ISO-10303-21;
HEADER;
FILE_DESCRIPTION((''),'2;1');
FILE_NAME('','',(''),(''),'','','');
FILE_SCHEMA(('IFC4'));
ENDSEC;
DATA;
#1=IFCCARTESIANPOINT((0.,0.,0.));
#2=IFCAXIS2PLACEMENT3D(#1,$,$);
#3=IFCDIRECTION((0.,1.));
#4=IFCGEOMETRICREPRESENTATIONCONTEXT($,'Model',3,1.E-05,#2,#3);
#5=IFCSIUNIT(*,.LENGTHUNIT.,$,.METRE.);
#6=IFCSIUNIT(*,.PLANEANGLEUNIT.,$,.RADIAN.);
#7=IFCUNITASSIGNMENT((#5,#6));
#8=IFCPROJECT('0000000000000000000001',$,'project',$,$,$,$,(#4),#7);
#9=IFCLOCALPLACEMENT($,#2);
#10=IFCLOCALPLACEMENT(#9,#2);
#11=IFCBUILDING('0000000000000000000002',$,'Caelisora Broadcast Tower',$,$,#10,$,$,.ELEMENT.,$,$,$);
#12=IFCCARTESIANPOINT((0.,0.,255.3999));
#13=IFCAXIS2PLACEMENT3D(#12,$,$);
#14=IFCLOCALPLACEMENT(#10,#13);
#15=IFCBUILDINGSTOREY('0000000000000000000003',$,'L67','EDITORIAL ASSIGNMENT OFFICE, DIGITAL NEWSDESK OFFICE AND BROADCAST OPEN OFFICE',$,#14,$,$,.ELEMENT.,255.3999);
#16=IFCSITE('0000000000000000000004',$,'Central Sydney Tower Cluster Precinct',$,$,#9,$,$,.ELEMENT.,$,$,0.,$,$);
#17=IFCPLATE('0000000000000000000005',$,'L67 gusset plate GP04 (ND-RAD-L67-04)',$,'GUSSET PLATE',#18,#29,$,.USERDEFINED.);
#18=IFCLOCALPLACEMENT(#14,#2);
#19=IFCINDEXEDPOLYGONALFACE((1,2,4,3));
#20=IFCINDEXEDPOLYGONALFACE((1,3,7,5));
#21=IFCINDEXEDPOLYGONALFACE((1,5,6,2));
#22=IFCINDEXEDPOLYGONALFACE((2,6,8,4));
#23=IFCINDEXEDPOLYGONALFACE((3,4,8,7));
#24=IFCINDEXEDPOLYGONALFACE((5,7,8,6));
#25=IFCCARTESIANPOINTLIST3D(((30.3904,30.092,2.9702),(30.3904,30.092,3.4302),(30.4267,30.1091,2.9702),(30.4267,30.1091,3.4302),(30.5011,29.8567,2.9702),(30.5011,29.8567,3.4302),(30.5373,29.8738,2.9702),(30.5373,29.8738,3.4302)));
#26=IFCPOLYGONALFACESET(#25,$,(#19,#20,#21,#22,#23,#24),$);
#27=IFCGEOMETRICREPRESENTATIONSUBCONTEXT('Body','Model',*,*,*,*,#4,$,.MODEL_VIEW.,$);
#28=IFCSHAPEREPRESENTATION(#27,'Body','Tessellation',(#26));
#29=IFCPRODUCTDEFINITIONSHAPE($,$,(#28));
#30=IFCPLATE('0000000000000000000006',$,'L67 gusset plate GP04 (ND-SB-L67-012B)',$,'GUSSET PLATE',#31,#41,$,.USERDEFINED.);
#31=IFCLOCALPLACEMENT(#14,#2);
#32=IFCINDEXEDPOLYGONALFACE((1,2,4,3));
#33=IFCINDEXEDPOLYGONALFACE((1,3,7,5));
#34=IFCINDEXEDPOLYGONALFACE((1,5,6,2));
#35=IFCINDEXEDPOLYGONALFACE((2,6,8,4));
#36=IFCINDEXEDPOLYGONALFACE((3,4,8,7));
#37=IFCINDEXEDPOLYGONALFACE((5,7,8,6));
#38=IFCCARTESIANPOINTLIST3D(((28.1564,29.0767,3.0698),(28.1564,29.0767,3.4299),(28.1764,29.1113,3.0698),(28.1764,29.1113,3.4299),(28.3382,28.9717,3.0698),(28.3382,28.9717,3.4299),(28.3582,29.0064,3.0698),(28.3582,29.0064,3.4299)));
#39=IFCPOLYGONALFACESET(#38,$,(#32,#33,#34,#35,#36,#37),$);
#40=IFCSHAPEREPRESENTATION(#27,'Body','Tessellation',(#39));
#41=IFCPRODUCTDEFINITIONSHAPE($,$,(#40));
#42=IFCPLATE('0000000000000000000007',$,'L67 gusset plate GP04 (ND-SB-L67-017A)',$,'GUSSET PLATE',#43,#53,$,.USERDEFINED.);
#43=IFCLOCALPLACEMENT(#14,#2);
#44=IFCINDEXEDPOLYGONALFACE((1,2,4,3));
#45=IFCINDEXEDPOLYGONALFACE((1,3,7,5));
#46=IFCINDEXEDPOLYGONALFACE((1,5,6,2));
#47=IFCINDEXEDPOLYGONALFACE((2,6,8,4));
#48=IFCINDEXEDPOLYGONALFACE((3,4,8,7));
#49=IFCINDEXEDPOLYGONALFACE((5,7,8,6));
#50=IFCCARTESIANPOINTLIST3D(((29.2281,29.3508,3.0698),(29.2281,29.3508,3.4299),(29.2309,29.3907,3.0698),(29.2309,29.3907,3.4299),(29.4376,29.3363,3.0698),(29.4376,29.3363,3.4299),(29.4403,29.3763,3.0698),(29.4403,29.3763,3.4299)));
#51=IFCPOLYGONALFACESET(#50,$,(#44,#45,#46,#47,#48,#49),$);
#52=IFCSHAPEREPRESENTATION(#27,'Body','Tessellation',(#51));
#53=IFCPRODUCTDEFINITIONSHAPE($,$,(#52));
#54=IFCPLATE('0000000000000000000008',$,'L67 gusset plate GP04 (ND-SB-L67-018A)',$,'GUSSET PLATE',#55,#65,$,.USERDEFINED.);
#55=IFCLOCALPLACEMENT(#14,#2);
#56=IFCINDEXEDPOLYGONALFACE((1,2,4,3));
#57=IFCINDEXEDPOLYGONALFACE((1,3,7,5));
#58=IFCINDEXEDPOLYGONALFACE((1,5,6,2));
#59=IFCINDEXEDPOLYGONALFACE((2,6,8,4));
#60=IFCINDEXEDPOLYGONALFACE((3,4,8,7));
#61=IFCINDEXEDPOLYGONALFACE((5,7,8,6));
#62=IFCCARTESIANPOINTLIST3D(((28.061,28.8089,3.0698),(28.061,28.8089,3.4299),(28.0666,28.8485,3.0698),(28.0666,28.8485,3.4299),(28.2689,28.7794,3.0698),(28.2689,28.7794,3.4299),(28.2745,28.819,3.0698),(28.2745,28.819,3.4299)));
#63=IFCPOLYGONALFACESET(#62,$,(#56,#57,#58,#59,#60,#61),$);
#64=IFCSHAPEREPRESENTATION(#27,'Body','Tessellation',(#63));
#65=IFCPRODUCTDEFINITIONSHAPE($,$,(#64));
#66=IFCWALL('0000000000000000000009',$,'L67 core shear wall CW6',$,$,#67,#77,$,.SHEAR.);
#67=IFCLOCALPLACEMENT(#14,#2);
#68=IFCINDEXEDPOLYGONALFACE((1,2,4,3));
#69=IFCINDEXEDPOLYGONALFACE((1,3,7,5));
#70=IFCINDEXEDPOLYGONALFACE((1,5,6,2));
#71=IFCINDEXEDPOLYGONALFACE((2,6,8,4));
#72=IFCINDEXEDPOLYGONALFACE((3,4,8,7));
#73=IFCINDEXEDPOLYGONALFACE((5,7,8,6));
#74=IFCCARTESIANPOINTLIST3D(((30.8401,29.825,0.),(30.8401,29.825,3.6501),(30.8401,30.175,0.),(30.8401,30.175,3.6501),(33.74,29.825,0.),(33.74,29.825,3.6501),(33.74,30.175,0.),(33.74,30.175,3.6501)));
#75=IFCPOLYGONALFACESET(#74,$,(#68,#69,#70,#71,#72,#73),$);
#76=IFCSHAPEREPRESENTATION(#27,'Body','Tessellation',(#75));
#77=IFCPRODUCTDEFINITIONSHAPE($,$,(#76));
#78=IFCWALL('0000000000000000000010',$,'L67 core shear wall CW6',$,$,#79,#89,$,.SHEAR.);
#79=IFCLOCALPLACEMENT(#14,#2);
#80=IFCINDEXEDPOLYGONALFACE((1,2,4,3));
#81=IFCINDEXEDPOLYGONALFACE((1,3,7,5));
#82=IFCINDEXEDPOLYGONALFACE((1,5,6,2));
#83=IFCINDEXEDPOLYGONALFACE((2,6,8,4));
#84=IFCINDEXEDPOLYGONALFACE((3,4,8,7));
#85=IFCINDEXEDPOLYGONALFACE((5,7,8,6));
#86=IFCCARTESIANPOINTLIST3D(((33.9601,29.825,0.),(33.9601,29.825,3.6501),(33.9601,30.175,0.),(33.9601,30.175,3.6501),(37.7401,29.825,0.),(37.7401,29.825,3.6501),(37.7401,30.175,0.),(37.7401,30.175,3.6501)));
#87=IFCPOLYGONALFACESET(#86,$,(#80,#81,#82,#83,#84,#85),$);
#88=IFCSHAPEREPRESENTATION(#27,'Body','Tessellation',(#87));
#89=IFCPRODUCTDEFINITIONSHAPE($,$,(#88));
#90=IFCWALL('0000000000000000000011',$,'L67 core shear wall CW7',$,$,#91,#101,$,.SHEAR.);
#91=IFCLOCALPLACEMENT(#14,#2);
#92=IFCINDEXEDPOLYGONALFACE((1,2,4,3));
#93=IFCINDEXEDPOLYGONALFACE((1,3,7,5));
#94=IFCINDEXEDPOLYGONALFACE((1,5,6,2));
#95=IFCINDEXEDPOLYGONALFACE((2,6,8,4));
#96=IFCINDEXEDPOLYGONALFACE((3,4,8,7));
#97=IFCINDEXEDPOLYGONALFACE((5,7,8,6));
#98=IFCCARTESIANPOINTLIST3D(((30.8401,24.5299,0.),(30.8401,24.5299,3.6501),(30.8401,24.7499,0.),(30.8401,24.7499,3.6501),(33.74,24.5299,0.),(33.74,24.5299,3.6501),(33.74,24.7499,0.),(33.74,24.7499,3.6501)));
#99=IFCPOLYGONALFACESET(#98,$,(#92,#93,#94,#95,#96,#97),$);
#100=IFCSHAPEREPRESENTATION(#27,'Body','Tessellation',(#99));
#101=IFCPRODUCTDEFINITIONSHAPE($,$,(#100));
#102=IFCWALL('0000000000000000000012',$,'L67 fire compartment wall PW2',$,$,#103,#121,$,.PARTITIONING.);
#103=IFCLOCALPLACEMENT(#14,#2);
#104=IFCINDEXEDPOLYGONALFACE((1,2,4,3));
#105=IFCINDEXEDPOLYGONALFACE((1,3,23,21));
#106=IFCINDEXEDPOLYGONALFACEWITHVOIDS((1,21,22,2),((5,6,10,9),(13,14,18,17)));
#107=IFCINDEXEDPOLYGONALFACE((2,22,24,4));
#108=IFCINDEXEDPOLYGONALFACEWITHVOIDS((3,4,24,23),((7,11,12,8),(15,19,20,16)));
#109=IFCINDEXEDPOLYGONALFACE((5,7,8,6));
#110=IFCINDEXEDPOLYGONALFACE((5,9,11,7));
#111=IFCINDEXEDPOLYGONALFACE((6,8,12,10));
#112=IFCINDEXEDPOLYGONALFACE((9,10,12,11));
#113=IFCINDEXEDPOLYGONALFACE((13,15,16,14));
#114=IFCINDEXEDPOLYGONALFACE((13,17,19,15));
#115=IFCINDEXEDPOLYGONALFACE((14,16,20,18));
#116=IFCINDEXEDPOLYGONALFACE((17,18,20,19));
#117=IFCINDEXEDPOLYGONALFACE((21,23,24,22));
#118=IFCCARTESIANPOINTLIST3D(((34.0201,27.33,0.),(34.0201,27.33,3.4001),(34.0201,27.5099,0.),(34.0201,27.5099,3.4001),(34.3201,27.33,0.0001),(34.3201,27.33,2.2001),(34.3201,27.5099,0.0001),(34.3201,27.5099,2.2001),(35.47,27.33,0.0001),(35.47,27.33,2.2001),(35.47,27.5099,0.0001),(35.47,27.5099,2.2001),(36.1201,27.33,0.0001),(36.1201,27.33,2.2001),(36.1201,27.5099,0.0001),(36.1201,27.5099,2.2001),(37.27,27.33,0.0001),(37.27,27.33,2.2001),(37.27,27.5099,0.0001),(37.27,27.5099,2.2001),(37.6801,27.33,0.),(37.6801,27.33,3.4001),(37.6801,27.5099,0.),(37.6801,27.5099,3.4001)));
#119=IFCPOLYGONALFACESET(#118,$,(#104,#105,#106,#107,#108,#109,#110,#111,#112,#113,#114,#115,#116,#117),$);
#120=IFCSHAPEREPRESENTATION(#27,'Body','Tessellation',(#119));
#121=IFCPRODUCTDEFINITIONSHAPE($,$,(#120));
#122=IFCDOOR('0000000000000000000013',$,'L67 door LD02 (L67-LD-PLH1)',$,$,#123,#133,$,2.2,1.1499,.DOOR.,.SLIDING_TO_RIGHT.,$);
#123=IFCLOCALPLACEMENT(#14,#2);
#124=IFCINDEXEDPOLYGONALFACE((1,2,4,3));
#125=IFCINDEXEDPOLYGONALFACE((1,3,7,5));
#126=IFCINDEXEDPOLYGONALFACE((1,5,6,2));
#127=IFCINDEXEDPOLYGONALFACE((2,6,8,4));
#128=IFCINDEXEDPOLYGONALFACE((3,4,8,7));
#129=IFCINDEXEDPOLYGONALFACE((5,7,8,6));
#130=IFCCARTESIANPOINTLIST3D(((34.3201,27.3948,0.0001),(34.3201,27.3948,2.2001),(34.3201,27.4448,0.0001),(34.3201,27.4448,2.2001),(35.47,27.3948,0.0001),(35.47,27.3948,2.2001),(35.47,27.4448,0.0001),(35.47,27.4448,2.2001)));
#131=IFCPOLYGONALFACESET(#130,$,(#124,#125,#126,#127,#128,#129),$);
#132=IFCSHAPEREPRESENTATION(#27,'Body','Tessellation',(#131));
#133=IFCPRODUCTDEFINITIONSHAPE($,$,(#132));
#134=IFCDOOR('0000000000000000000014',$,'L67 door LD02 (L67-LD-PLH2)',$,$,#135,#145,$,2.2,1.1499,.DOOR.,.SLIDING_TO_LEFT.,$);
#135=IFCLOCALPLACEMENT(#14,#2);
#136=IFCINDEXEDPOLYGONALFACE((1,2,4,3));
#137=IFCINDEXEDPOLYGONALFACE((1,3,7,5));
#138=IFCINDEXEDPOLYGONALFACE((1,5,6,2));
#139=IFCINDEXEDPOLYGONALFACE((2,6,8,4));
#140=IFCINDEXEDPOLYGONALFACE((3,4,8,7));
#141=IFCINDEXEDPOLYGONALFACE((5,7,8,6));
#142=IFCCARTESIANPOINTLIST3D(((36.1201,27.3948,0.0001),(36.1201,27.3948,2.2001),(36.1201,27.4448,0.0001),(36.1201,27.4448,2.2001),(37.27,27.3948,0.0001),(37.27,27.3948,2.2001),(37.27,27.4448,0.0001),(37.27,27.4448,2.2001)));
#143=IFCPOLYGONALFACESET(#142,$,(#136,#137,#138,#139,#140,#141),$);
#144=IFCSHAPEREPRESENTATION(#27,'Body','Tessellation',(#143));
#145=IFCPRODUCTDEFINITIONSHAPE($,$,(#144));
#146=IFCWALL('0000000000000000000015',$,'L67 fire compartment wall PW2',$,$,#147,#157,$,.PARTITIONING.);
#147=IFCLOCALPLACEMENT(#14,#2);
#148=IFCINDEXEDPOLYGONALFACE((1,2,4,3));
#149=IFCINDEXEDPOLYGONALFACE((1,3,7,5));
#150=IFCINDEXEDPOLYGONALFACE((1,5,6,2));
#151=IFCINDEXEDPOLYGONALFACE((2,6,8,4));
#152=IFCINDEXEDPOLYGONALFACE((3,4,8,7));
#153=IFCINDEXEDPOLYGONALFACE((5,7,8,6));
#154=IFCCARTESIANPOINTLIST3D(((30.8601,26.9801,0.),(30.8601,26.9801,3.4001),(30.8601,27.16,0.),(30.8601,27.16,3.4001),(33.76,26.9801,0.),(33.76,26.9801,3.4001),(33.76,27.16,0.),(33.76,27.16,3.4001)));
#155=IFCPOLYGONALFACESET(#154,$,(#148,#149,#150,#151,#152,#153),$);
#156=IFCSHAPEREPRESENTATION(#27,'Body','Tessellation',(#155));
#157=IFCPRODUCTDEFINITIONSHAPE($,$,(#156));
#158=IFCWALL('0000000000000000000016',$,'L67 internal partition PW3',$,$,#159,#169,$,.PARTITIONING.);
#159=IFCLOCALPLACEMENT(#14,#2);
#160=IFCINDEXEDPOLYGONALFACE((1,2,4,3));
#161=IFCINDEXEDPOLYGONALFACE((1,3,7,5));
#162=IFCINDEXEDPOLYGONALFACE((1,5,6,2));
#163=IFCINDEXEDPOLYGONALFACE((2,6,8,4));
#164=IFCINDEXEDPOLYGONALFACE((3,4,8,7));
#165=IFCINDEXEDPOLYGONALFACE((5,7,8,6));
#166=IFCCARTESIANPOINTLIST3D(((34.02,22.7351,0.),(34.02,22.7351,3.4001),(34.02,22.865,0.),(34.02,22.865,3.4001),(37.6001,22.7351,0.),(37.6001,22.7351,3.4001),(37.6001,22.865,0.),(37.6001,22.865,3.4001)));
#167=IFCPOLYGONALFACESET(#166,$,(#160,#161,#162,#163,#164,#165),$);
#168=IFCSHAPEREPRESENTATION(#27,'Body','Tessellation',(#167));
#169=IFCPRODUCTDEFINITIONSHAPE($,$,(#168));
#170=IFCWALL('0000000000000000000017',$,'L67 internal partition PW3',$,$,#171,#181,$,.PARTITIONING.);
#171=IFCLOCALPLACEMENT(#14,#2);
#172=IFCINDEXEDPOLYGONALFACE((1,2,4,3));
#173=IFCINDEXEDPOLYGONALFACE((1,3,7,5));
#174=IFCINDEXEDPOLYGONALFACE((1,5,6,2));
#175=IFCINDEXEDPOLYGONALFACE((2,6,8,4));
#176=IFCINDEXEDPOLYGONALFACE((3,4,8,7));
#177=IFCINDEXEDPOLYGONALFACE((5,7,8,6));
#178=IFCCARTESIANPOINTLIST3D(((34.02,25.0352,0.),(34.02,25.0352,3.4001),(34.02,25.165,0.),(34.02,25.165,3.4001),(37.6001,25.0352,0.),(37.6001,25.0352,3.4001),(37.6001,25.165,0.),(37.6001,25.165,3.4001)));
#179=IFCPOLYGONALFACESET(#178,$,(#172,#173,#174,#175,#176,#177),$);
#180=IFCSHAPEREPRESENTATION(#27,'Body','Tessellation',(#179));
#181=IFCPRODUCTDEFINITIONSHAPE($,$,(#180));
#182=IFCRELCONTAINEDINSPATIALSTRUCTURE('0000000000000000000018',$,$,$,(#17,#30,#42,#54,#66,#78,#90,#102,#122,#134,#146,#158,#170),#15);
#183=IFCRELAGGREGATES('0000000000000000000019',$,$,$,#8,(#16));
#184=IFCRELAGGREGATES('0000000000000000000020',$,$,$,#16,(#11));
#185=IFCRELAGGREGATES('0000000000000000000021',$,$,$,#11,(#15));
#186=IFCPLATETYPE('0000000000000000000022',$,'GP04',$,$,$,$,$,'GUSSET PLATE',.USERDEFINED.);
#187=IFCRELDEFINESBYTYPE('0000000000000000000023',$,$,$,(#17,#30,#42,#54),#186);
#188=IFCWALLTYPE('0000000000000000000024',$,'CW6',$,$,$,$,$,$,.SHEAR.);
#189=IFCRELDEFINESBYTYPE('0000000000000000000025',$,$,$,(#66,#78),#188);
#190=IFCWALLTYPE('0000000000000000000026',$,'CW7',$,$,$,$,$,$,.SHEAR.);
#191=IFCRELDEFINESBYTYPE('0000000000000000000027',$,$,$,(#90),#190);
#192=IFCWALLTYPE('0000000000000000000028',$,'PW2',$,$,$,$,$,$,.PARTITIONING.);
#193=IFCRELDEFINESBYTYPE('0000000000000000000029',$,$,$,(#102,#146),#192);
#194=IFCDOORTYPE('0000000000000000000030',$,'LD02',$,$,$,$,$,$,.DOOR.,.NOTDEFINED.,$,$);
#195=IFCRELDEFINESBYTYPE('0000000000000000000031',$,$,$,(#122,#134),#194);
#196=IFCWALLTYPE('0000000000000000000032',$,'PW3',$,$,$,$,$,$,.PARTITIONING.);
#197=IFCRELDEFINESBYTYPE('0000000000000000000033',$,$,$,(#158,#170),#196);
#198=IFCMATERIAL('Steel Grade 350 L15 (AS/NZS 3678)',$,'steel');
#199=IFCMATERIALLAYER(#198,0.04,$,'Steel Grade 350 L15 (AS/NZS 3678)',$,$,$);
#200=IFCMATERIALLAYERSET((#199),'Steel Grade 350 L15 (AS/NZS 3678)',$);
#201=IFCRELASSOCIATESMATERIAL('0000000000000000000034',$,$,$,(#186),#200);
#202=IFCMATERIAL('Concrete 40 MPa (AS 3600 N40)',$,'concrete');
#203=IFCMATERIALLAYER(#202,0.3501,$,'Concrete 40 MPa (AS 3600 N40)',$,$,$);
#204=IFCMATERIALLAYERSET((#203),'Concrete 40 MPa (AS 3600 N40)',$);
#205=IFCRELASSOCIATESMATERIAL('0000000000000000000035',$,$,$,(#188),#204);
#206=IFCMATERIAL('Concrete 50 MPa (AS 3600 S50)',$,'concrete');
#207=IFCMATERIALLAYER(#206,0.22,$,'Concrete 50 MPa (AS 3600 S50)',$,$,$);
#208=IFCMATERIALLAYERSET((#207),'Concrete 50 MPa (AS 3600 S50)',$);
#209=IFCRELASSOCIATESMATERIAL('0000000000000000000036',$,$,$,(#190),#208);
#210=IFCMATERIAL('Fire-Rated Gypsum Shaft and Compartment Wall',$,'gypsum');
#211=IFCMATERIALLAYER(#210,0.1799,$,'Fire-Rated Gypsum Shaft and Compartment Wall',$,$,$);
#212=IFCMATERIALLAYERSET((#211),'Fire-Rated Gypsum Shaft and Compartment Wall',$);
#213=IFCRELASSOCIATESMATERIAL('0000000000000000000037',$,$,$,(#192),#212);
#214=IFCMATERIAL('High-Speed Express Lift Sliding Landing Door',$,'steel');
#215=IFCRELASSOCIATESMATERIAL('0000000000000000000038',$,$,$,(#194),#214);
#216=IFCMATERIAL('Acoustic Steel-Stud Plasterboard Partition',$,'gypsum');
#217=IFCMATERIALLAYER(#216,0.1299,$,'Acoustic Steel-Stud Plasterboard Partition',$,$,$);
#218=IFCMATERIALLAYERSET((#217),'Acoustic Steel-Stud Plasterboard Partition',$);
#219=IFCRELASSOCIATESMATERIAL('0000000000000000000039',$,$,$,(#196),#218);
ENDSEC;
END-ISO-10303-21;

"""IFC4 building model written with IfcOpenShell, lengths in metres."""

from ifc_helpers import new_model, si_unit, direction, frame, frame_2d, origin, origin_2d, place, context, subcontext, project, spatial, rectangle, extrude, source, transform, mapped, material, layer, layer_set, type_object, type_shapes, element, fill, save


model = new_model("IFC4")

# Units and contexts
model_context = context("Model", 3, precision=1e-05, world=origin(), true_north=direction((0.0, 1.0)))
body_context = subcontext(model_context, "Body", "Model", "MODEL_VIEW")
ifc_project = project(units=[si_unit("LENGTHUNIT", "METRE"), si_unit("PLANEANGLEUNIT", "RADIAN")], contexts=[model_context])

# Site, building, storey
site_placement = place(None, origin())
site = spatial("IfcSite", under=ifc_project, at=site_placement, Name="Central Sydney Tower Cluster Precinct", CompositionType="ELEMENT", RefElevation=0.0)
building_placement = place(site_placement, origin())
building = spatial("IfcBuilding", under=site, at=building_placement, Name="Caelisora Broadcast Tower", CompositionType="ELEMENT")
storey_placement = place(building_placement, frame((0.0, 0.0, 255.3999)))
storey = spatial("IfcBuildingStorey", under=building, at=storey_placement, Name="L67", Description="EDITORIAL ASSIGNMENT OFFICE, DIGITAL NEWSDESK OFFICE AND BROADCAST OPEN OFFICE", CompositionType="ELEMENT", Elevation=255.3999)

# Plates
ifc_material_1 = material(Name="Steel Grade 350 L15 (AS/NZS 3678)", Category="steel")
ifc_layer_1 = layer(ifc_material_1, 0.04, Name="Steel Grade 350 L15 (AS/NZS 3678)")
ifc_layer_set_1 = layer_set([ifc_layer_1], Name="Steel Grade 350 L15 (AS/NZS 3678)")
plate_type = type_object("IfcPlateType", Name="GP04", ElementType="GUSSET PLATE", PredefinedType="USERDEFINED", material=ifc_layer_set_1)
shared_shape_1 = source(origin(), body_context, "Body", "SweptSolid", [
    extrude(rectangle(XDim=0.26, YDim=0.04, at=origin_2d()), origin(), (0.0, 0.0, 1.0), 0.46),
])
for number, where, z_axis, x_axis, name in (
    (1, (30.4639, 29.9829, 2.9702), (0.0, 0.0, 1.0), (0.425463, -0.904976, 0.0), "L67 gusset plate GP04 (ND-RAD-L67-04)"),
):
    element("IfcPlate", number, at=place(storey_placement, frame(where, z_axis=z_axis, x_axis=x_axis)), inside=storey, type_object=plate_type, Name=name, ObjectType="GUSSET PLATE", PredefinedType="USERDEFINED", context=body_context, shape_type="MappedRepresentation", body=[
        mapped(shared_shape_1, transform((0.0, 0.0, 0.0), scale=1.0)),
    ])
shared_shape_2 = source(origin(), body_context, "Body", "SweptSolid", [
    extrude(rectangle(XDim=0.21, YDim=0.04, at=origin_2d()), origin(), (0.0, 0.0, 1.0), 0.3601),
])
type_shapes(plate_type, [shared_shape_1, shared_shape_2])
for number, where, z_axis, x_axis, name in (
    (2, (28.2573, 29.0415, 3.0698), (0.0, 0.0, 1.0), (0.866025, -0.5, 0.0), "L67 gusset plate GP04 (ND-SB-L67-012B)"),
    (3, (29.3342, 29.3635, 3.0698), (0.0, 0.0, 1.0), (0.997637, -0.068712, 0.0), "L67 gusset plate GP04 (ND-SB-L67-017A)"),
    (4, (28.1677, 28.814, 3.0698), (0.0, 0.0, 1.0), (0.990097, -0.140383, 0.0), "L67 gusset plate GP04 (ND-SB-L67-018A)"),
):
    element("IfcPlate", number, at=place(storey_placement, frame(where, z_axis=z_axis, x_axis=x_axis)), inside=storey, type_object=plate_type, Name=name, ObjectType="GUSSET PLATE", PredefinedType="USERDEFINED", context=body_context, shape_type="MappedRepresentation", body=[
        mapped(shared_shape_2, transform((0.0, 0.0, 0.0), scale=1.0)),
    ])

# Walls
ifc_material_2 = material(Name="Concrete 40 MPa (AS 3600 N40)", Category="concrete")
ifc_layer_2 = layer(ifc_material_2, 0.3501, Name="Concrete 40 MPa (AS 3600 N40)")
ifc_layer_set_2 = layer_set([ifc_layer_2], Name="Concrete 40 MPa (AS 3600 N40)")
wall_type_1 = type_object("IfcWallType", Name="CW6", PredefinedType="SHEAR", material=ifc_layer_set_2)
wall_1_placement = place(storey_placement, frame((30.8401, 30.0, 0.0), z_axis=(0.0, 0.0, 1.0), x_axis=(1.0, 0.0, 0.0)))
element("IfcWall", 5, at=wall_1_placement, inside=storey, type_object=wall_type_1, Name="L67 core shear wall CW6", PredefinedType="SHEAR", context=body_context, shape_type="SweptSolid", body=[
    extrude(rectangle(XDim=2.8999, YDim=0.3501, at=frame_2d((1.45, 0.0))), origin(), (0.0, 0.0, 1.0), 3.6501),
])
wall_2_placement = place(storey_placement, frame((33.96, 30.0, 0.0), z_axis=(0.0, 0.0, 1.0), x_axis=(1.0, 0.0, 0.0)))
element("IfcWall", 6, at=wall_2_placement, inside=storey, type_object=wall_type_1, Name="L67 core shear wall CW6", PredefinedType="SHEAR", context=body_context, shape_type="SweptSolid", body=[
    extrude(rectangle(XDim=3.78, YDim=0.3501, at=frame_2d((1.8901, 0.0))), origin(), (0.0, 0.0, 1.0), 3.6501),
])
ifc_material_3 = material(Name="Concrete 50 MPa (AS 3600 S50)", Category="concrete")
ifc_layer_3 = layer(ifc_material_3, 0.22, Name="Concrete 50 MPa (AS 3600 S50)")
ifc_layer_set_3 = layer_set([ifc_layer_3], Name="Concrete 50 MPa (AS 3600 S50)")
wall_type_2 = type_object("IfcWallType", Name="CW7", PredefinedType="SHEAR", material=ifc_layer_set_3)
wall_3_placement = place(storey_placement, frame((30.8401, 24.6399, 0.0), z_axis=(0.0, 0.0, 1.0), x_axis=(1.0, 0.0, 0.0)))
element("IfcWall", 7, at=wall_3_placement, inside=storey, type_object=wall_type_2, Name="L67 core shear wall CW7", PredefinedType="SHEAR", context=body_context, shape_type="SweptSolid", body=[
    extrude(rectangle(XDim=2.8999, YDim=0.22, at=frame_2d((1.45, 0.0))), origin(), (0.0, 0.0, 1.0), 3.6501),
])

# Wall, openings, doors
ifc_material_4 = material(Name="Fire-Rated Gypsum Shaft and Compartment Wall", Category="gypsum")
ifc_layer_4 = layer(ifc_material_4, 0.1799, Name="Fire-Rated Gypsum Shaft and Compartment Wall")
ifc_layer_set_4 = layer_set([ifc_layer_4], Name="Fire-Rated Gypsum Shaft and Compartment Wall")
wall_type_3 = type_object("IfcWallType", Name="PW2", PredefinedType="PARTITIONING", material=ifc_layer_set_4)
wall_4_placement = place(storey_placement, frame((34.02, 27.4199, 0.0), z_axis=(0.0, 0.0, 1.0), x_axis=(1.0, 0.0, 0.0)))
wall_4 = element("IfcWall", 8, at=wall_4_placement, inside=storey, type_object=wall_type_3, Name="L67 fire compartment wall PW2", PredefinedType="PARTITIONING", context=body_context, shape_type="SweptSolid", body=[
    extrude(rectangle(XDim=3.6599, YDim=0.1799, at=frame_2d((1.8301, 0.0))), origin(), (0.0, 0.0, 1.0), 3.4001),
])
opening_1_placement = place(wall_4_placement, frame((0.3, 0.0, 0.0)))
opening_1 = element("IfcOpeningElement", 9, at=opening_1_placement, cuts=wall_4, PredefinedType="OPENING", context=body_context, shape_type="SweptSolid", body=[
    extrude(rectangle(XDim=1.1499, YDim=2.2, at=frame_2d((0.575, 1.1001))), frame((0.0, 0.1021, 0.0), z_axis=(0.0, -1.0, 0.0), x_axis=(1.0, 0.0, 0.0)), (0.0, 0.0, 1.0), 0.2039),
])
opening_2_placement = place(wall_4_placement, frame((2.1001, 0.0, 0.0)))
opening_2 = element("IfcOpeningElement", 10, at=opening_2_placement, cuts=wall_4, PredefinedType="OPENING", context=body_context, shape_type="SweptSolid", body=[
    extrude(rectangle(XDim=1.1499, YDim=2.2, at=frame_2d((0.575, 1.1001))), frame((0.0, 0.1021, 0.0), z_axis=(0.0, -1.0, 0.0), x_axis=(1.0, 0.0, 0.0)), (0.0, 0.0, 1.0), 0.2039),
])
ifc_material_5 = material(Name="High-Speed Express Lift Sliding Landing Door", Category="steel")
door_type = type_object("IfcDoorType", Name="LD02", OperationType="NOTDEFINED", PredefinedType="DOOR", material=ifc_material_5)
door_1_placement = place(opening_1_placement, origin())
door_1 = element("IfcDoor", 11, at=door_1_placement, inside=storey, type_object=door_type, Name="L67 door LD02 (L67-LD-PLH1)", OperationType="SLIDING_TO_RIGHT", OverallHeight=2.2, OverallWidth=1.1499, PredefinedType="DOOR", context=body_context, shape_type="SweptSolid", body=[
    extrude(rectangle(XDim=1.1499, YDim=2.2, at=frame_2d((0.575, 1.1001))), frame((0.0, 0.0249, 0.0), z_axis=(0.0, -1.0, 0.0), x_axis=(1.0, 0.0, 0.0)), (0.0, 0.0, 1.0), 0.05),
])
fill(opening_1, door_1)
door_2_placement = place(opening_2_placement, origin())
door_2 = element("IfcDoor", 12, at=door_2_placement, inside=storey, type_object=door_type, Name="L67 door LD02 (L67-LD-PLH2)", OperationType="SLIDING_TO_LEFT", OverallHeight=2.2, OverallWidth=1.1499, PredefinedType="DOOR", context=body_context, shape_type="SweptSolid", body=[
    extrude(rectangle(XDim=1.1499, YDim=2.2, at=frame_2d((0.575, 1.1001))), frame((0.0, 0.0249, 0.0), z_axis=(0.0, -1.0, 0.0), x_axis=(1.0, 0.0, 0.0)), (0.0, 0.0, 1.0), 0.05),
])
fill(opening_2, door_2)

# Walls
wall_5_placement = place(storey_placement, frame((30.8601, 27.0701, 0.0), z_axis=(0.0, 0.0, 1.0), x_axis=(1.0, 0.0, 0.0)))
element("IfcWall", 13, at=wall_5_placement, inside=storey, type_object=wall_type_3, Name="L67 fire compartment wall PW2", PredefinedType="PARTITIONING", context=body_context, shape_type="SweptSolid", body=[
    extrude(rectangle(XDim=2.8999, YDim=0.1799, at=frame_2d((1.45, 0.0))), origin(), (0.0, 0.0, 1.0), 3.4001),
])
ifc_material_6 = material(Name="Acoustic Steel-Stud Plasterboard Partition", Category="gypsum")
ifc_layer_5 = layer(ifc_material_6, 0.1299, Name="Acoustic Steel-Stud Plasterboard Partition")
ifc_layer_set_5 = layer_set([ifc_layer_5], Name="Acoustic Steel-Stud Plasterboard Partition")
wall_type_4 = type_object("IfcWallType", Name="PW3", PredefinedType="PARTITIONING", material=ifc_layer_set_5)
for number, where, z_axis, x_axis, name in (
    (14, (34.02, 22.8, 0.0), (0.0, 0.0, 1.0), (1.0, 0.0, 0.0), "L67 internal partition PW3"),
    (15, (34.02, 25.1001, 0.0), (0.0, 0.0, 1.0), (1.0, 0.0, 0.0), "L67 internal partition PW3"),
):
    element("IfcWall", number, at=place(storey_placement, frame(where, z_axis=z_axis, x_axis=x_axis)), inside=storey, type_object=wall_type_4, Name=name, PredefinedType="PARTITIONING", context=body_context, shape_type="SweptSolid", body=[
        extrude(rectangle(XDim=3.5801, YDim=0.1299, at=frame_2d((1.79, 0.0))), origin(), (0.0, 0.0, 1.0), 3.4001),
    ])

save(model, "model.ifc")
